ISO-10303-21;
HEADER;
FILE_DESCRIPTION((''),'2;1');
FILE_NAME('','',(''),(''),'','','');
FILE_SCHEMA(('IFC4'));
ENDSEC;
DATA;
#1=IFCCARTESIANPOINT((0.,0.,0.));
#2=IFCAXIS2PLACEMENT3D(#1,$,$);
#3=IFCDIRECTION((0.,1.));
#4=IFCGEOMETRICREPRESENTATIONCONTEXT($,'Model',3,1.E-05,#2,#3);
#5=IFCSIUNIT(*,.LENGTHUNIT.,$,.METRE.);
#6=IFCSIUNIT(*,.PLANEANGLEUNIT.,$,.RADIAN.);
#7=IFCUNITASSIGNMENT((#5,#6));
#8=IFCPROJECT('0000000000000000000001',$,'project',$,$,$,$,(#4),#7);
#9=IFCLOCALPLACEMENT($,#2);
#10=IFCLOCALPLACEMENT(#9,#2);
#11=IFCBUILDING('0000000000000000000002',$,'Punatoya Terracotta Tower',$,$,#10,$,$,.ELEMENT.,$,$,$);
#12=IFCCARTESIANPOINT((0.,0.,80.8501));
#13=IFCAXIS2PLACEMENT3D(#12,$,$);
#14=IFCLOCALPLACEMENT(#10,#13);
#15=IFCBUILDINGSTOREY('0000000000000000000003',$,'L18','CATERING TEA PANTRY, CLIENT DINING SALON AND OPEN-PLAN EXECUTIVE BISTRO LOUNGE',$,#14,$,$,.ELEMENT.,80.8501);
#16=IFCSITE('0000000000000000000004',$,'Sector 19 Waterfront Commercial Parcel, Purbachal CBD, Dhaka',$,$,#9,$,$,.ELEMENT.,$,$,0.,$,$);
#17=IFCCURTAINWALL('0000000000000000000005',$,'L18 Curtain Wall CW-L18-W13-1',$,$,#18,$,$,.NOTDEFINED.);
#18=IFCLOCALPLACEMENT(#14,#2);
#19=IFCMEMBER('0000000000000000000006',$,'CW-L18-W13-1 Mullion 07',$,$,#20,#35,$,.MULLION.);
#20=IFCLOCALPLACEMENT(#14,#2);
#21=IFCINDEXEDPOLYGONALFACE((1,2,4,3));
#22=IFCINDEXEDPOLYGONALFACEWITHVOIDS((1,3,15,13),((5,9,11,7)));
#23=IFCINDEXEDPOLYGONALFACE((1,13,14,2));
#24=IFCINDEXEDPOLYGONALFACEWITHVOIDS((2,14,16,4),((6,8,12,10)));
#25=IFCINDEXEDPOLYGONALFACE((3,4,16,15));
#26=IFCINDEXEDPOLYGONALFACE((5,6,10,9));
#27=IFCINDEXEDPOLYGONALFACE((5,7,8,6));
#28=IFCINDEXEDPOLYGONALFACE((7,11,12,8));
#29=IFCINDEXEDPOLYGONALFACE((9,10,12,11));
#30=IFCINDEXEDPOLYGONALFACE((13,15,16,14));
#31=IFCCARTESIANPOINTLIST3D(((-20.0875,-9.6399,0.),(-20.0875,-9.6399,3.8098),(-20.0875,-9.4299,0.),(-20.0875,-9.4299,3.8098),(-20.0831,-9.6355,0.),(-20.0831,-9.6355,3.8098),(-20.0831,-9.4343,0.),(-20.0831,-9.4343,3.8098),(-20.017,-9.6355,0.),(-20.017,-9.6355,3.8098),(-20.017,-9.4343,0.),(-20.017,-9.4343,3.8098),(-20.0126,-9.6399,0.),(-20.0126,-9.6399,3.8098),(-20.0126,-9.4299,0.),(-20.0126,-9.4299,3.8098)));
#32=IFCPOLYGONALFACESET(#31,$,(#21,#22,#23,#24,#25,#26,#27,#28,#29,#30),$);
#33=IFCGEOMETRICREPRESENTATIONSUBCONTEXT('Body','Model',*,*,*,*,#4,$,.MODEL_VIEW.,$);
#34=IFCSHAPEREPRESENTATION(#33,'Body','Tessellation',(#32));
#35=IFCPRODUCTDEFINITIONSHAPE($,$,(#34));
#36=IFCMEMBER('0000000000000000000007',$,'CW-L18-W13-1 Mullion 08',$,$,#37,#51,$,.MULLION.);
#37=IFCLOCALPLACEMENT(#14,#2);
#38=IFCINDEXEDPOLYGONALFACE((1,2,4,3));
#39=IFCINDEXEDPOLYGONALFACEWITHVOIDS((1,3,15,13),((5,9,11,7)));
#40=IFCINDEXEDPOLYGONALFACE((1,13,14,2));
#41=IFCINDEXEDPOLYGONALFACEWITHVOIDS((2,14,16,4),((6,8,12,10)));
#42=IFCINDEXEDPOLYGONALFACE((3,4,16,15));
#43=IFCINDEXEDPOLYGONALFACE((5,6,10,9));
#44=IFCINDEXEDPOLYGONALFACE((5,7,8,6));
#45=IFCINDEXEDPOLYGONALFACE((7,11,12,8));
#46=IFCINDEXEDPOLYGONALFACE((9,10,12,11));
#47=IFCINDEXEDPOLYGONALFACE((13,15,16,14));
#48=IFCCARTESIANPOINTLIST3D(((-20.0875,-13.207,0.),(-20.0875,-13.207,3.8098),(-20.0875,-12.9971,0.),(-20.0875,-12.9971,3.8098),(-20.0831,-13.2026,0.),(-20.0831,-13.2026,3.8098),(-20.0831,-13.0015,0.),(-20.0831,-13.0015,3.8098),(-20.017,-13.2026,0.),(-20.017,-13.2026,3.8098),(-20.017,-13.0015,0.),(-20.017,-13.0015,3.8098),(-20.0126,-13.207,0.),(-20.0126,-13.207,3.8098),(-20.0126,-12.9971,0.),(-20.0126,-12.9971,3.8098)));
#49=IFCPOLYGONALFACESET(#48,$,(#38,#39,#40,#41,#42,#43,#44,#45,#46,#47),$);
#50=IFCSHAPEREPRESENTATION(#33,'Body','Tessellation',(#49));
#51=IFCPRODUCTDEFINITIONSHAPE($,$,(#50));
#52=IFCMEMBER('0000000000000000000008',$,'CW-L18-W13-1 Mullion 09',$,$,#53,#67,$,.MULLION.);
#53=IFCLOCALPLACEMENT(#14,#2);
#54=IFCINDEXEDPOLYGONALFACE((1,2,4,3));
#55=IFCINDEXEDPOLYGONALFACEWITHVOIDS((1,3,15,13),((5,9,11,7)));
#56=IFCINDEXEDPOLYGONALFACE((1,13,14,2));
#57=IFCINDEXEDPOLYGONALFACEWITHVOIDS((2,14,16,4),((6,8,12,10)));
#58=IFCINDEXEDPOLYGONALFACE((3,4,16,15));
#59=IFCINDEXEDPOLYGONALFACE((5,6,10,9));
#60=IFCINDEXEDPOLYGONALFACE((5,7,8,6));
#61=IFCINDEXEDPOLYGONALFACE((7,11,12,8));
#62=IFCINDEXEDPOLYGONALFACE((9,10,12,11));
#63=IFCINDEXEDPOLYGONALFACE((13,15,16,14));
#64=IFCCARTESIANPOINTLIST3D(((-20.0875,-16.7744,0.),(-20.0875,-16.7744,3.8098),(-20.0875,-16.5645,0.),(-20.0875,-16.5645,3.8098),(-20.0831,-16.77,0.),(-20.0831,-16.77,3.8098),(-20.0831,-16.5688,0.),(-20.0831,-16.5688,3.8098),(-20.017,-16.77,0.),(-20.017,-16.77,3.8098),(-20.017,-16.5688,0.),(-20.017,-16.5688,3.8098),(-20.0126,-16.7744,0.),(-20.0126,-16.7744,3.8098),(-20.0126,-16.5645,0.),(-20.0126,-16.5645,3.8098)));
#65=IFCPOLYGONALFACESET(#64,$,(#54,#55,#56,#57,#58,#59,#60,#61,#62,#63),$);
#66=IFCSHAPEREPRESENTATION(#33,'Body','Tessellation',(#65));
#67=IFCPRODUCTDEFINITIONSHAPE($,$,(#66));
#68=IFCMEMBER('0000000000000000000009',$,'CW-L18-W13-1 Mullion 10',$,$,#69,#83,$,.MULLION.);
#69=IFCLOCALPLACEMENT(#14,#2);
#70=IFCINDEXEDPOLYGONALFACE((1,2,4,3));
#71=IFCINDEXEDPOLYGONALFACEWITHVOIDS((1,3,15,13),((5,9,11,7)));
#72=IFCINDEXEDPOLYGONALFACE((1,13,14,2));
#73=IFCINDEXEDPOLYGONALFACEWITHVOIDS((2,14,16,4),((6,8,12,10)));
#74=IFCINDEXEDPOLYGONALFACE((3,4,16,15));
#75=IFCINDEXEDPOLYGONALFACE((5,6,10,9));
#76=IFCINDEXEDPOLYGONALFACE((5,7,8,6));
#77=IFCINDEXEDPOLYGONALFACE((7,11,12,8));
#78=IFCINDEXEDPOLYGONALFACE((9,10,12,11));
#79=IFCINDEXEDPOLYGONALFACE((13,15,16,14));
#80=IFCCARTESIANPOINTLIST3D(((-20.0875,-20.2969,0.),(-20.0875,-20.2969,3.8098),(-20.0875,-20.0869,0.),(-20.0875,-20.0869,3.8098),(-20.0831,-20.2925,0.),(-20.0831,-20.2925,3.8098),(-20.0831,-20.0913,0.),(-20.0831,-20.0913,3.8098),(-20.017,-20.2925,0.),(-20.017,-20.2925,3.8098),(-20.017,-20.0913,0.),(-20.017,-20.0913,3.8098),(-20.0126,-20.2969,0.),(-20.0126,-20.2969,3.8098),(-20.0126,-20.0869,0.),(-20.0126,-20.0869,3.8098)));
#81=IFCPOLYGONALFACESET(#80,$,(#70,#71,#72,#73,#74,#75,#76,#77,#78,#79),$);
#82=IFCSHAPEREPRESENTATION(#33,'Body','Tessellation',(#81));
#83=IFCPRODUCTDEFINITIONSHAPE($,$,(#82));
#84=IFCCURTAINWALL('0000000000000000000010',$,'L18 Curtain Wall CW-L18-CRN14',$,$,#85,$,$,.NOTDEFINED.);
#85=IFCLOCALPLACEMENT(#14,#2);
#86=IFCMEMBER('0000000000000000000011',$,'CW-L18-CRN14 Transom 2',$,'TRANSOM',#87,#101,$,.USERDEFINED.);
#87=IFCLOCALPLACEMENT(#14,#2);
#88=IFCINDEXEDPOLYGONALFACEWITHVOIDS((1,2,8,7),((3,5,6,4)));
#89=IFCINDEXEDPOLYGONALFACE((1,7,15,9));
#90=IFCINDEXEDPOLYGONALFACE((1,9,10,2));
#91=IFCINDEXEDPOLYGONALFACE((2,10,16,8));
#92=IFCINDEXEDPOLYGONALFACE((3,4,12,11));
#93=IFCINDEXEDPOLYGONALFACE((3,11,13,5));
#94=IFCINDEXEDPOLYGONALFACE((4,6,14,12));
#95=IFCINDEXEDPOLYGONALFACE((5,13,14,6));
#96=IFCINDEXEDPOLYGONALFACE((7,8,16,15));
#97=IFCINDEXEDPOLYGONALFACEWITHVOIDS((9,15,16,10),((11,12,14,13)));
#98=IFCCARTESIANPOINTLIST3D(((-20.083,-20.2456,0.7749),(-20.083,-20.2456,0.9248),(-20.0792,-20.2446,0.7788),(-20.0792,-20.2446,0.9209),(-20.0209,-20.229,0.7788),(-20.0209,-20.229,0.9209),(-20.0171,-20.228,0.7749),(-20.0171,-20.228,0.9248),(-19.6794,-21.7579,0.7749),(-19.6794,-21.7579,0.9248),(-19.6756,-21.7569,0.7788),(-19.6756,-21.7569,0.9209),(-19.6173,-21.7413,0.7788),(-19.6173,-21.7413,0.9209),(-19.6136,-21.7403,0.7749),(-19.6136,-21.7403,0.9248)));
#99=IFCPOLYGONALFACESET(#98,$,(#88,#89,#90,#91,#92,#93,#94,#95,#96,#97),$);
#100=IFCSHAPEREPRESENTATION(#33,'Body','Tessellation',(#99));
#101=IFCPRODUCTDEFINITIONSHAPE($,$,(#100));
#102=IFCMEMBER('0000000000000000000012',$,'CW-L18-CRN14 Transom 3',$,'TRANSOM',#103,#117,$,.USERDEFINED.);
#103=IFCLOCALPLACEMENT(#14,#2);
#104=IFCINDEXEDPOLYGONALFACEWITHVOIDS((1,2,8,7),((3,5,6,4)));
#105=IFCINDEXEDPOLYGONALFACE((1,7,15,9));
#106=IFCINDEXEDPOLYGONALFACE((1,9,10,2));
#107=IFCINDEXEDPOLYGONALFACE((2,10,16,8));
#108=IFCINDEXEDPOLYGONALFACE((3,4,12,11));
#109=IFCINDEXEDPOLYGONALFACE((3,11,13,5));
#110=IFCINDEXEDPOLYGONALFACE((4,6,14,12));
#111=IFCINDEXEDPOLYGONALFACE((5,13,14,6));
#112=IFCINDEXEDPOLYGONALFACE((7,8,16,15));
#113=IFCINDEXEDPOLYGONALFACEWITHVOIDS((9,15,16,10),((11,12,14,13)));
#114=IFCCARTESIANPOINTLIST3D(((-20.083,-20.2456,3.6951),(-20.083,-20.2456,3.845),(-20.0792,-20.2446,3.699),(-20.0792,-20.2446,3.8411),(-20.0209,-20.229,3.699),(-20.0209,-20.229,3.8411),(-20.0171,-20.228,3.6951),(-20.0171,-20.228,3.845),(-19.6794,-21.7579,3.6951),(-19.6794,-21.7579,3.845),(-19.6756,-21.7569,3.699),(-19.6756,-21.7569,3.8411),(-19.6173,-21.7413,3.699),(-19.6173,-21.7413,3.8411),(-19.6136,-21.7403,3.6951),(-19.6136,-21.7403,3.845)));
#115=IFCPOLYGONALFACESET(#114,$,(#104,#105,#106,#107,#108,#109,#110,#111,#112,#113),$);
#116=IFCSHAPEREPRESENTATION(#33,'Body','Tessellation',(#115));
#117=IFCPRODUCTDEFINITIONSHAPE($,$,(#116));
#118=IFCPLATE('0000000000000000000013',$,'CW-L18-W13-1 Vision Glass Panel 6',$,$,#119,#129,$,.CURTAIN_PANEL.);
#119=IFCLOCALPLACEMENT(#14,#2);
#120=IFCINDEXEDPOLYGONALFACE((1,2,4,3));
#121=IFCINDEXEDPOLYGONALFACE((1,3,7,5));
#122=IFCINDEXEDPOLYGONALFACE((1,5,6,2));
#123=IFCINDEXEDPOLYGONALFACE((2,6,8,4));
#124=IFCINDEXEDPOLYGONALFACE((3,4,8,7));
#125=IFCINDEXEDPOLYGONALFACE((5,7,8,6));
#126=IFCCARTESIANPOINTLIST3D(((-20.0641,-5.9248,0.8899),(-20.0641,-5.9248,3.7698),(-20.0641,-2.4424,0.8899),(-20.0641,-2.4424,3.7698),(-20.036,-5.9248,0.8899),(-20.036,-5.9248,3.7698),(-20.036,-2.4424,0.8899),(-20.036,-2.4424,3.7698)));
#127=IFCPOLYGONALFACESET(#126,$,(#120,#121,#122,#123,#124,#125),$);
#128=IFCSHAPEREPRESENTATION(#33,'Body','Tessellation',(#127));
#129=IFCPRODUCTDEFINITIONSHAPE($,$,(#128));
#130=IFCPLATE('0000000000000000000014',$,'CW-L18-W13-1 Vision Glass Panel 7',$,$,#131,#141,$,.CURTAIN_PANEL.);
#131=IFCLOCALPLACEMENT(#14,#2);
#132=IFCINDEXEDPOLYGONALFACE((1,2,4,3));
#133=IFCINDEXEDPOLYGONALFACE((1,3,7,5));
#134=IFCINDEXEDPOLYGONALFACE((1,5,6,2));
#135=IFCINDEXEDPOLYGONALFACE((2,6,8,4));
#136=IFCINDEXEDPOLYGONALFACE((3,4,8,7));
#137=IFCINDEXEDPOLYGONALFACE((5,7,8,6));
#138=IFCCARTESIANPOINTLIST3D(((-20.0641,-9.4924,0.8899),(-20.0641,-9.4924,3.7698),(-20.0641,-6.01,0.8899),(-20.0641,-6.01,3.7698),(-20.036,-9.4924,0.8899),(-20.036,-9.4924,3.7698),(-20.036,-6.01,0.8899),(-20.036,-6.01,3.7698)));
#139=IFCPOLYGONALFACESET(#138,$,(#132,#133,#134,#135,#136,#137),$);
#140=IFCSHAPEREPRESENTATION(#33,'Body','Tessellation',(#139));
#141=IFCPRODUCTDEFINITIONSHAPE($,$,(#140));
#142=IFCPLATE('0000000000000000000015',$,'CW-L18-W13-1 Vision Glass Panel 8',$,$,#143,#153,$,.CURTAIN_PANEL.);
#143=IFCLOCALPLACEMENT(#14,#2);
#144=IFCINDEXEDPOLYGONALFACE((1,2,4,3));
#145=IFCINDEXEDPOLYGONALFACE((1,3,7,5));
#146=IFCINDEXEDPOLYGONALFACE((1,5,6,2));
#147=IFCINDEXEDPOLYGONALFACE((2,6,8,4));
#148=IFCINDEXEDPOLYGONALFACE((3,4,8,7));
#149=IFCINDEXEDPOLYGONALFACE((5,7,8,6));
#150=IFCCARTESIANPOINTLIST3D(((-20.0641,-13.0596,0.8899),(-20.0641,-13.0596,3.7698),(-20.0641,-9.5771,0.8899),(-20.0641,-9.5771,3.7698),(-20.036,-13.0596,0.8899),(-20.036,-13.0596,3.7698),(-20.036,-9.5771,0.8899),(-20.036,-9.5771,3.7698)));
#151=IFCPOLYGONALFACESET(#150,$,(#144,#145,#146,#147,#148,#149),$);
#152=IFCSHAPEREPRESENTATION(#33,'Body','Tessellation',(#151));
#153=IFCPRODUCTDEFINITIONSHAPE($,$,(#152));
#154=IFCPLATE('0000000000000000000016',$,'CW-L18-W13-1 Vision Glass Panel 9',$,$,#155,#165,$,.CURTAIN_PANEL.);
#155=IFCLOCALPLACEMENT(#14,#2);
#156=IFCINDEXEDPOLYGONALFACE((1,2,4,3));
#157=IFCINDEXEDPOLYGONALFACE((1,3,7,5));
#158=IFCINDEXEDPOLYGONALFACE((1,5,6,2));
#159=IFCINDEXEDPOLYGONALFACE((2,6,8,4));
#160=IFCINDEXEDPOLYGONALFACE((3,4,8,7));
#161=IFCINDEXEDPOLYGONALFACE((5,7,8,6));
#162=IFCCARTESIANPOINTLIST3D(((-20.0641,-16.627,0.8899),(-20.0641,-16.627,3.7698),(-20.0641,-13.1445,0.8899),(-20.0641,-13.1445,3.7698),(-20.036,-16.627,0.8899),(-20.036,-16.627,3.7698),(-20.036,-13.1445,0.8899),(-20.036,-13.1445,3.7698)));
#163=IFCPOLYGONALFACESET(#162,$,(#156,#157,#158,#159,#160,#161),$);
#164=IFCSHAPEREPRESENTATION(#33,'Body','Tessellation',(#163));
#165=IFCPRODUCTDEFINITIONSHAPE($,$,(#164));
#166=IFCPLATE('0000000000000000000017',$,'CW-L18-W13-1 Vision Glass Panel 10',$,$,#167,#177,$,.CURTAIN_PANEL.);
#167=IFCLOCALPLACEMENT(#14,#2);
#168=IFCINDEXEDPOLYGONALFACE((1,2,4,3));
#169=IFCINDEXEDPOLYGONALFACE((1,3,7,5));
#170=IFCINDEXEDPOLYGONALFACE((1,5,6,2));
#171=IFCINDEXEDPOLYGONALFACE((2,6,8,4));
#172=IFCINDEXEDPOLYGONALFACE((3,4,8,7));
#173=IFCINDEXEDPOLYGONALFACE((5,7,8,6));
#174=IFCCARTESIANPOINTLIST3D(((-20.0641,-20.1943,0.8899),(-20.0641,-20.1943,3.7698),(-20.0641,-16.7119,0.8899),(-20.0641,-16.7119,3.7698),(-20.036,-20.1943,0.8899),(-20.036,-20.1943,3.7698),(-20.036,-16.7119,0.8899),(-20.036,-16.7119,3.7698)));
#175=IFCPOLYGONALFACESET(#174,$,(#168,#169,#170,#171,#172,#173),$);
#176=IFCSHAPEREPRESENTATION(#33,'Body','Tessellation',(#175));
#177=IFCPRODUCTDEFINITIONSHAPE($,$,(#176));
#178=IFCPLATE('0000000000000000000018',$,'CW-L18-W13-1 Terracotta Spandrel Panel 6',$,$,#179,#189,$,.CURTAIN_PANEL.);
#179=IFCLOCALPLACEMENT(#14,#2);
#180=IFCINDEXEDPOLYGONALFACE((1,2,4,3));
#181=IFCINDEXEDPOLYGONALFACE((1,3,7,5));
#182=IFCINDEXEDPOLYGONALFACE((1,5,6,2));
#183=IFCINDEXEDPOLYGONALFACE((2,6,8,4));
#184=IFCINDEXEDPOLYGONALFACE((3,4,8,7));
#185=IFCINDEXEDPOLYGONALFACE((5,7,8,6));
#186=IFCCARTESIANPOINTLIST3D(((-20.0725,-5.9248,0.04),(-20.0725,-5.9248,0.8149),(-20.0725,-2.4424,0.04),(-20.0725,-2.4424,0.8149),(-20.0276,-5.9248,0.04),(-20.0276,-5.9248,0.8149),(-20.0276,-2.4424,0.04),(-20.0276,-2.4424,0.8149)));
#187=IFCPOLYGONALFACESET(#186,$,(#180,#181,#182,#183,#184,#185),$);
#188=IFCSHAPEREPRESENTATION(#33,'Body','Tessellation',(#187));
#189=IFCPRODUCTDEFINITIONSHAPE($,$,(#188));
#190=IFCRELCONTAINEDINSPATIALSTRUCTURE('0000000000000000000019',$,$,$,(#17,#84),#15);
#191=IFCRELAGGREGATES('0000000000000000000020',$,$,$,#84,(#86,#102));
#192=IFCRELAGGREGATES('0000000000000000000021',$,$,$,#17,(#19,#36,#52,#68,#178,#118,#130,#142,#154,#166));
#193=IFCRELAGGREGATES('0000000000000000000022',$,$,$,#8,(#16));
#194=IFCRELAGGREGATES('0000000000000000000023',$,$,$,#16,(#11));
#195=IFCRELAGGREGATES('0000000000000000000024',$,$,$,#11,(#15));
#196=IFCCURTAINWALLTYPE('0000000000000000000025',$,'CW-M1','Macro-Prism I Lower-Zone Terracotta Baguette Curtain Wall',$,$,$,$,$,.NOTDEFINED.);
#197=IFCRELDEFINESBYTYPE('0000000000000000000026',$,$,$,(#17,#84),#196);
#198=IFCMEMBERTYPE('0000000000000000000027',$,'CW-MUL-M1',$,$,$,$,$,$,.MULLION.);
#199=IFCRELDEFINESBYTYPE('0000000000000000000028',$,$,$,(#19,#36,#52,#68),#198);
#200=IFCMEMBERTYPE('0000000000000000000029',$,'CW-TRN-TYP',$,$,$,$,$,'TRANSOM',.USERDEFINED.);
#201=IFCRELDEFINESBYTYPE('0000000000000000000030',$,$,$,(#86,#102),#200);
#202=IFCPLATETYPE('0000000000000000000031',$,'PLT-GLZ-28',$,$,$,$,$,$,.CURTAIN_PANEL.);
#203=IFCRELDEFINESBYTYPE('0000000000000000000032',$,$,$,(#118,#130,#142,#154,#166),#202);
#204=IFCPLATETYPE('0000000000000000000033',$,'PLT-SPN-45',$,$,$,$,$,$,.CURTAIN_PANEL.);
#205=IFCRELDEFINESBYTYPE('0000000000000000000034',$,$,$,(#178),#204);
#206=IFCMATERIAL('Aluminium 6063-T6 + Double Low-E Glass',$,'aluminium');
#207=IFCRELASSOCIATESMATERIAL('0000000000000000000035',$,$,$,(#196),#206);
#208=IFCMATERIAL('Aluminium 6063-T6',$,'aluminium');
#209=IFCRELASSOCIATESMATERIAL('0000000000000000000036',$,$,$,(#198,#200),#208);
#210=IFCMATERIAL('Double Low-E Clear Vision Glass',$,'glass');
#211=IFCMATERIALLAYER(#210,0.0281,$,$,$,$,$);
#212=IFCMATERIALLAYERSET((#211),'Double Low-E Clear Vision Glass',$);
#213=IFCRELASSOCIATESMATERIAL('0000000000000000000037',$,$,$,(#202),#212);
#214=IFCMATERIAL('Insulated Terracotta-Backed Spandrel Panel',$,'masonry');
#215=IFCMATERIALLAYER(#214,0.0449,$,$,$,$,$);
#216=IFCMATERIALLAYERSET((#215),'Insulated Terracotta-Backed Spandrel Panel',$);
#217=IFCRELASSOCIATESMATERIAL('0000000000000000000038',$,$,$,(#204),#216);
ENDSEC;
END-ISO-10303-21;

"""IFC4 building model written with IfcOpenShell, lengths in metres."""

from ifc_helpers import new_model, si_unit, direction, frame, origin, origin_2d, place, context, subcontext, project, spatial, rectangle, hollow_rectangle, extrude, material, layer, layer_set, material_profile, profile_set, type_object, element, aggregate, save


model = new_model("IFC4")

# Units and contexts
model_context = context("Model", 3, precision=1e-05, world=origin(), true_north=direction((0.0, 1.0)))
body_context = subcontext(model_context, "Body", "Model", "MODEL_VIEW")
ifc_project = project(units=[si_unit("LENGTHUNIT", "METRE"), si_unit("PLANEANGLEUNIT", "RADIAN")], contexts=[model_context])

# Site, building, storey
site_placement = place(None, origin())
site = spatial("IfcSite", under=ifc_project, at=site_placement, Name="Sector 19 Waterfront Commercial Parcel, Purbachal CBD, Dhaka", CompositionType="ELEMENT", RefElevation=0.0)
building_placement = place(site_placement, origin())
building = spatial("IfcBuilding", under=site, at=building_placement, Name="Punatoya Terracotta Tower", CompositionType="ELEMENT")
storey_placement = place(building_placement, frame((0.0, 0.0, 80.8501)))
storey = spatial("IfcBuildingStorey", under=building, at=storey_placement, Name="L18", Description="CATERING TEA PANTRY, CLIENT DINING SALON AND OPEN-PLAN EXECUTIVE BISTRO LOUNGE", CompositionType="ELEMENT", Elevation=80.8501)

# Curtain walls, members
ifc_material_1 = material(Name="Aluminium 6063-T6 + Double Low-E Glass", Category="aluminium")
curtain_wall_type = type_object("IfcCurtainWallType", Name="CW-M1", Description="Macro-Prism I Lower-Zone Terracotta Baguette Curtain Wall", PredefinedType="NOTDEFINED", material=ifc_material_1)
curtain_wall_1_placement = place(storey_placement, origin())
curtain_wall_1 = element("IfcCurtainWall", 1, at=curtain_wall_1_placement, inside=storey, type_object=curtain_wall_type, Name="L18 Curtain Wall CW-L18-W13-1", PredefinedType="NOTDEFINED")
ifc_material_2 = material(Name="Aluminium 6063-T6", Category="aluminium")
ifc_material_profile_1 = material_profile(ifc_material_2, hollow_rectangle(XDim=0.075, YDim=0.21, WallThickness=0.0044, at=origin_2d()))
ifc_profile_set_1 = profile_set([ifc_material_profile_1], Name="Aluminium 6063-T6")
member_type_1 = type_object("IfcMemberType", Name="CW-MUL-M1", PredefinedType="MULLION", material=ifc_profile_set_1)
member_1_placement = place(storey_placement, frame((-20.05, -9.5349, 0.0), z_axis=(0.0, 0.0, 1.0), x_axis=(1.0, 0.0, 0.0)))
member_1 = element("IfcMember", 2, at=member_1_placement, type_object=member_type_1, Name="CW-L18-W13-1 Mullion 07", PredefinedType="MULLION", context=body_context, shape_type="SweptSolid", body=[
    extrude(hollow_rectangle(XDim=0.075, YDim=0.21, WallThickness=0.0044, at=origin_2d()), origin(), (0.0, 0.0, 1.0), 3.8098),
])
member_2_placement = place(storey_placement, frame((-20.05, -13.1021, 0.0), z_axis=(0.0, 0.0, 1.0), x_axis=(1.0, 0.0, 0.0)))
member_2 = element("IfcMember", 3, at=member_2_placement, type_object=member_type_1, Name="CW-L18-W13-1 Mullion 08", PredefinedType="MULLION", context=body_context, shape_type="SweptSolid", body=[
    extrude(hollow_rectangle(XDim=0.075, YDim=0.21, WallThickness=0.0044, at=origin_2d()), origin(), (0.0, 0.0, 1.0), 3.8098),
])
member_3_placement = place(storey_placement, frame((-20.05, -16.6694, 0.0), z_axis=(0.0, 0.0, 1.0), x_axis=(1.0, 0.0, 0.0)))
member_3 = element("IfcMember", 4, at=member_3_placement, type_object=member_type_1, Name="CW-L18-W13-1 Mullion 09", PredefinedType="MULLION", context=body_context, shape_type="SweptSolid", body=[
    extrude(hollow_rectangle(XDim=0.075, YDim=0.21, WallThickness=0.0044, at=origin_2d()), origin(), (0.0, 0.0, 1.0), 3.8098),
])
member_4_placement = place(storey_placement, frame((-20.05, -20.1919, 0.0), z_axis=(0.0, 0.0, 1.0), x_axis=(1.0, 0.0, 0.0)))
member_4 = element("IfcMember", 5, at=member_4_placement, type_object=member_type_1, Name="CW-L18-W13-1 Mullion 10", PredefinedType="MULLION", context=body_context, shape_type="SweptSolid", body=[
    extrude(hollow_rectangle(XDim=0.075, YDim=0.21, WallThickness=0.0044, at=origin_2d()), origin(), (0.0, 0.0, 1.0), 3.8098),
])
curtain_wall_2_placement = place(storey_placement, origin())
curtain_wall_2 = element("IfcCurtainWall", 6, at=curtain_wall_2_placement, inside=storey, type_object=curtain_wall_type, Name="L18 Curtain Wall CW-L18-CRN14", PredefinedType="NOTDEFINED")
ifc_material_profile_2 = material_profile(ifc_material_2, hollow_rectangle(XDim=0.0681, YDim=0.1499, WallThickness=0.0039, at=origin_2d()))
ifc_profile_set_2 = profile_set([ifc_material_profile_2], Name="Aluminium 6063-T6")
member_type_2 = type_object("IfcMemberType", Name="CW-TRN-TYP", ElementType="TRANSOM", PredefinedType="USERDEFINED", material=ifc_profile_set_2)
member_5_placement = place(storey_placement, frame((-20.05, -20.2368, 0.8499), z_axis=(0.257847, -0.966186, 0.0), x_axis=(0.966186, 0.257847, 0.0)))
member_5 = element("IfcMember", 7, at=member_5_placement, type_object=member_type_2, Name="CW-L18-CRN14 Transom 2", ObjectType="TRANSOM", PredefinedType="USERDEFINED", context=body_context, shape_type="SweptSolid", body=[
    extrude(hollow_rectangle(XDim=0.0681, YDim=0.1499, WallThickness=0.0039, at=origin_2d()), origin(), (0.0, 0.0, 1.0), 1.5652),
])
member_6_placement = place(storey_placement, frame((-20.05, -20.2368, 3.77), z_axis=(0.257847, -0.966186, 0.0), x_axis=(0.966186, 0.257847, 0.0)))
member_6 = element("IfcMember", 8, at=member_6_placement, type_object=member_type_2, Name="CW-L18-CRN14 Transom 3", ObjectType="TRANSOM", PredefinedType="USERDEFINED", context=body_context, shape_type="SweptSolid", body=[
    extrude(hollow_rectangle(XDim=0.0681, YDim=0.1499, WallThickness=0.0039, at=origin_2d()), origin(), (0.0, 0.0, 1.0), 1.5652),
])
aggregate(curtain_wall_2, [member_5, member_6])

# Plates
ifc_material_3 = material(Name="Double Low-E Clear Vision Glass", Category="glass")
ifc_layer_1 = layer(ifc_material_3, 0.0281)
ifc_layer_set_1 = layer_set([ifc_layer_1], Name="Double Low-E Clear Vision Glass")
plate_type_1 = type_object("IfcPlateType", Name="PLT-GLZ-28", PredefinedType="CURTAIN_PANEL", material=ifc_layer_set_1)
plate_1_placement = place(storey_placement, frame((-20.05, -4.1836, 0.8899), z_axis=(0.0, 0.0, 1.0), x_axis=(0.0, -1.0, 0.0)))
plate_1 = element("IfcPlate", 9, at=plate_1_placement, type_object=plate_type_1, Name="CW-L18-W13-1 Vision Glass Panel 6", PredefinedType="CURTAIN_PANEL", context=body_context, shape_type="SweptSolid", body=[
    extrude(rectangle(XDim=3.4824, YDim=0.0281, at=origin_2d()), origin(), (0.0, 0.0, 1.0), 2.8799),
])
plate_2_placement = place(storey_placement, frame((-20.05, -7.7512, 0.8899), z_axis=(0.0, 0.0, 1.0), x_axis=(0.0, -1.0, 0.0)))
plate_2 = element("IfcPlate", 10, at=plate_2_placement, type_object=plate_type_1, Name="CW-L18-W13-1 Vision Glass Panel 7", PredefinedType="CURTAIN_PANEL", context=body_context, shape_type="SweptSolid", body=[
    extrude(rectangle(XDim=3.4824, YDim=0.0281, at=origin_2d()), origin(), (0.0, 0.0, 1.0), 2.8799),
])
plate_3_placement = place(storey_placement, frame((-20.05, -11.3184, 0.8899), z_axis=(0.0, 0.0, 1.0), x_axis=(0.0, -1.0, 0.0)))
plate_3 = element("IfcPlate", 11, at=plate_3_placement, type_object=plate_type_1, Name="CW-L18-W13-1 Vision Glass Panel 8", PredefinedType="CURTAIN_PANEL", context=body_context, shape_type="SweptSolid", body=[
    extrude(rectangle(XDim=3.4824, YDim=0.0281, at=origin_2d()), origin(), (0.0, 0.0, 1.0), 2.8799),
])
plate_4_placement = place(storey_placement, frame((-20.05, -14.8857, 0.8899), z_axis=(0.0, 0.0, 1.0), x_axis=(0.0, -1.0, 0.0)))
plate_4 = element("IfcPlate", 12, at=plate_4_placement, type_object=plate_type_1, Name="CW-L18-W13-1 Vision Glass Panel 9", PredefinedType="CURTAIN_PANEL", context=body_context, shape_type="SweptSolid", body=[
    extrude(rectangle(XDim=3.4824, YDim=0.0281, at=origin_2d()), origin(), (0.0, 0.0, 1.0), 2.8799),
])
plate_5_placement = place(storey_placement, frame((-20.05, -18.4531, 0.8899), z_axis=(0.0, 0.0, 1.0), x_axis=(0.0, -1.0, 0.0)))
plate_5 = element("IfcPlate", 13, at=plate_5_placement, type_object=plate_type_1, Name="CW-L18-W13-1 Vision Glass Panel 10", PredefinedType="CURTAIN_PANEL", context=body_context, shape_type="SweptSolid", body=[
    extrude(rectangle(XDim=3.4824, YDim=0.0281, at=origin_2d()), origin(), (0.0, 0.0, 1.0), 2.8799),
])
ifc_material_4 = material(Name="Insulated Terracotta-Backed Spandrel Panel", Category="masonry")
ifc_layer_2 = layer(ifc_material_4, 0.0449)
ifc_layer_set_2 = layer_set([ifc_layer_2], Name="Insulated Terracotta-Backed Spandrel Panel")
plate_type_2 = type_object("IfcPlateType", Name="PLT-SPN-45", PredefinedType="CURTAIN_PANEL", material=ifc_layer_set_2)
plate_6_placement = place(storey_placement, frame((-20.05, -4.1836, 0.04), z_axis=(0.0, 0.0, 1.0), x_axis=(0.0, -1.0, 0.0)))
plate_6 = element("IfcPlate", 14, at=plate_6_placement, type_object=plate_type_2, Name="CW-L18-W13-1 Terracotta Spandrel Panel 6", PredefinedType="CURTAIN_PANEL", context=body_context, shape_type="SweptSolid", body=[
    extrude(rectangle(XDim=3.4824, YDim=0.0449, at=origin_2d()), origin(), (0.0, 0.0, 1.0), 0.7749),
])
aggregate(curtain_wall_1, [member_1, member_2, member_3, member_4, plate_6, plate_1, plate_2, plate_3, plate_4, plate_5])

save(model, "model.ifc")
